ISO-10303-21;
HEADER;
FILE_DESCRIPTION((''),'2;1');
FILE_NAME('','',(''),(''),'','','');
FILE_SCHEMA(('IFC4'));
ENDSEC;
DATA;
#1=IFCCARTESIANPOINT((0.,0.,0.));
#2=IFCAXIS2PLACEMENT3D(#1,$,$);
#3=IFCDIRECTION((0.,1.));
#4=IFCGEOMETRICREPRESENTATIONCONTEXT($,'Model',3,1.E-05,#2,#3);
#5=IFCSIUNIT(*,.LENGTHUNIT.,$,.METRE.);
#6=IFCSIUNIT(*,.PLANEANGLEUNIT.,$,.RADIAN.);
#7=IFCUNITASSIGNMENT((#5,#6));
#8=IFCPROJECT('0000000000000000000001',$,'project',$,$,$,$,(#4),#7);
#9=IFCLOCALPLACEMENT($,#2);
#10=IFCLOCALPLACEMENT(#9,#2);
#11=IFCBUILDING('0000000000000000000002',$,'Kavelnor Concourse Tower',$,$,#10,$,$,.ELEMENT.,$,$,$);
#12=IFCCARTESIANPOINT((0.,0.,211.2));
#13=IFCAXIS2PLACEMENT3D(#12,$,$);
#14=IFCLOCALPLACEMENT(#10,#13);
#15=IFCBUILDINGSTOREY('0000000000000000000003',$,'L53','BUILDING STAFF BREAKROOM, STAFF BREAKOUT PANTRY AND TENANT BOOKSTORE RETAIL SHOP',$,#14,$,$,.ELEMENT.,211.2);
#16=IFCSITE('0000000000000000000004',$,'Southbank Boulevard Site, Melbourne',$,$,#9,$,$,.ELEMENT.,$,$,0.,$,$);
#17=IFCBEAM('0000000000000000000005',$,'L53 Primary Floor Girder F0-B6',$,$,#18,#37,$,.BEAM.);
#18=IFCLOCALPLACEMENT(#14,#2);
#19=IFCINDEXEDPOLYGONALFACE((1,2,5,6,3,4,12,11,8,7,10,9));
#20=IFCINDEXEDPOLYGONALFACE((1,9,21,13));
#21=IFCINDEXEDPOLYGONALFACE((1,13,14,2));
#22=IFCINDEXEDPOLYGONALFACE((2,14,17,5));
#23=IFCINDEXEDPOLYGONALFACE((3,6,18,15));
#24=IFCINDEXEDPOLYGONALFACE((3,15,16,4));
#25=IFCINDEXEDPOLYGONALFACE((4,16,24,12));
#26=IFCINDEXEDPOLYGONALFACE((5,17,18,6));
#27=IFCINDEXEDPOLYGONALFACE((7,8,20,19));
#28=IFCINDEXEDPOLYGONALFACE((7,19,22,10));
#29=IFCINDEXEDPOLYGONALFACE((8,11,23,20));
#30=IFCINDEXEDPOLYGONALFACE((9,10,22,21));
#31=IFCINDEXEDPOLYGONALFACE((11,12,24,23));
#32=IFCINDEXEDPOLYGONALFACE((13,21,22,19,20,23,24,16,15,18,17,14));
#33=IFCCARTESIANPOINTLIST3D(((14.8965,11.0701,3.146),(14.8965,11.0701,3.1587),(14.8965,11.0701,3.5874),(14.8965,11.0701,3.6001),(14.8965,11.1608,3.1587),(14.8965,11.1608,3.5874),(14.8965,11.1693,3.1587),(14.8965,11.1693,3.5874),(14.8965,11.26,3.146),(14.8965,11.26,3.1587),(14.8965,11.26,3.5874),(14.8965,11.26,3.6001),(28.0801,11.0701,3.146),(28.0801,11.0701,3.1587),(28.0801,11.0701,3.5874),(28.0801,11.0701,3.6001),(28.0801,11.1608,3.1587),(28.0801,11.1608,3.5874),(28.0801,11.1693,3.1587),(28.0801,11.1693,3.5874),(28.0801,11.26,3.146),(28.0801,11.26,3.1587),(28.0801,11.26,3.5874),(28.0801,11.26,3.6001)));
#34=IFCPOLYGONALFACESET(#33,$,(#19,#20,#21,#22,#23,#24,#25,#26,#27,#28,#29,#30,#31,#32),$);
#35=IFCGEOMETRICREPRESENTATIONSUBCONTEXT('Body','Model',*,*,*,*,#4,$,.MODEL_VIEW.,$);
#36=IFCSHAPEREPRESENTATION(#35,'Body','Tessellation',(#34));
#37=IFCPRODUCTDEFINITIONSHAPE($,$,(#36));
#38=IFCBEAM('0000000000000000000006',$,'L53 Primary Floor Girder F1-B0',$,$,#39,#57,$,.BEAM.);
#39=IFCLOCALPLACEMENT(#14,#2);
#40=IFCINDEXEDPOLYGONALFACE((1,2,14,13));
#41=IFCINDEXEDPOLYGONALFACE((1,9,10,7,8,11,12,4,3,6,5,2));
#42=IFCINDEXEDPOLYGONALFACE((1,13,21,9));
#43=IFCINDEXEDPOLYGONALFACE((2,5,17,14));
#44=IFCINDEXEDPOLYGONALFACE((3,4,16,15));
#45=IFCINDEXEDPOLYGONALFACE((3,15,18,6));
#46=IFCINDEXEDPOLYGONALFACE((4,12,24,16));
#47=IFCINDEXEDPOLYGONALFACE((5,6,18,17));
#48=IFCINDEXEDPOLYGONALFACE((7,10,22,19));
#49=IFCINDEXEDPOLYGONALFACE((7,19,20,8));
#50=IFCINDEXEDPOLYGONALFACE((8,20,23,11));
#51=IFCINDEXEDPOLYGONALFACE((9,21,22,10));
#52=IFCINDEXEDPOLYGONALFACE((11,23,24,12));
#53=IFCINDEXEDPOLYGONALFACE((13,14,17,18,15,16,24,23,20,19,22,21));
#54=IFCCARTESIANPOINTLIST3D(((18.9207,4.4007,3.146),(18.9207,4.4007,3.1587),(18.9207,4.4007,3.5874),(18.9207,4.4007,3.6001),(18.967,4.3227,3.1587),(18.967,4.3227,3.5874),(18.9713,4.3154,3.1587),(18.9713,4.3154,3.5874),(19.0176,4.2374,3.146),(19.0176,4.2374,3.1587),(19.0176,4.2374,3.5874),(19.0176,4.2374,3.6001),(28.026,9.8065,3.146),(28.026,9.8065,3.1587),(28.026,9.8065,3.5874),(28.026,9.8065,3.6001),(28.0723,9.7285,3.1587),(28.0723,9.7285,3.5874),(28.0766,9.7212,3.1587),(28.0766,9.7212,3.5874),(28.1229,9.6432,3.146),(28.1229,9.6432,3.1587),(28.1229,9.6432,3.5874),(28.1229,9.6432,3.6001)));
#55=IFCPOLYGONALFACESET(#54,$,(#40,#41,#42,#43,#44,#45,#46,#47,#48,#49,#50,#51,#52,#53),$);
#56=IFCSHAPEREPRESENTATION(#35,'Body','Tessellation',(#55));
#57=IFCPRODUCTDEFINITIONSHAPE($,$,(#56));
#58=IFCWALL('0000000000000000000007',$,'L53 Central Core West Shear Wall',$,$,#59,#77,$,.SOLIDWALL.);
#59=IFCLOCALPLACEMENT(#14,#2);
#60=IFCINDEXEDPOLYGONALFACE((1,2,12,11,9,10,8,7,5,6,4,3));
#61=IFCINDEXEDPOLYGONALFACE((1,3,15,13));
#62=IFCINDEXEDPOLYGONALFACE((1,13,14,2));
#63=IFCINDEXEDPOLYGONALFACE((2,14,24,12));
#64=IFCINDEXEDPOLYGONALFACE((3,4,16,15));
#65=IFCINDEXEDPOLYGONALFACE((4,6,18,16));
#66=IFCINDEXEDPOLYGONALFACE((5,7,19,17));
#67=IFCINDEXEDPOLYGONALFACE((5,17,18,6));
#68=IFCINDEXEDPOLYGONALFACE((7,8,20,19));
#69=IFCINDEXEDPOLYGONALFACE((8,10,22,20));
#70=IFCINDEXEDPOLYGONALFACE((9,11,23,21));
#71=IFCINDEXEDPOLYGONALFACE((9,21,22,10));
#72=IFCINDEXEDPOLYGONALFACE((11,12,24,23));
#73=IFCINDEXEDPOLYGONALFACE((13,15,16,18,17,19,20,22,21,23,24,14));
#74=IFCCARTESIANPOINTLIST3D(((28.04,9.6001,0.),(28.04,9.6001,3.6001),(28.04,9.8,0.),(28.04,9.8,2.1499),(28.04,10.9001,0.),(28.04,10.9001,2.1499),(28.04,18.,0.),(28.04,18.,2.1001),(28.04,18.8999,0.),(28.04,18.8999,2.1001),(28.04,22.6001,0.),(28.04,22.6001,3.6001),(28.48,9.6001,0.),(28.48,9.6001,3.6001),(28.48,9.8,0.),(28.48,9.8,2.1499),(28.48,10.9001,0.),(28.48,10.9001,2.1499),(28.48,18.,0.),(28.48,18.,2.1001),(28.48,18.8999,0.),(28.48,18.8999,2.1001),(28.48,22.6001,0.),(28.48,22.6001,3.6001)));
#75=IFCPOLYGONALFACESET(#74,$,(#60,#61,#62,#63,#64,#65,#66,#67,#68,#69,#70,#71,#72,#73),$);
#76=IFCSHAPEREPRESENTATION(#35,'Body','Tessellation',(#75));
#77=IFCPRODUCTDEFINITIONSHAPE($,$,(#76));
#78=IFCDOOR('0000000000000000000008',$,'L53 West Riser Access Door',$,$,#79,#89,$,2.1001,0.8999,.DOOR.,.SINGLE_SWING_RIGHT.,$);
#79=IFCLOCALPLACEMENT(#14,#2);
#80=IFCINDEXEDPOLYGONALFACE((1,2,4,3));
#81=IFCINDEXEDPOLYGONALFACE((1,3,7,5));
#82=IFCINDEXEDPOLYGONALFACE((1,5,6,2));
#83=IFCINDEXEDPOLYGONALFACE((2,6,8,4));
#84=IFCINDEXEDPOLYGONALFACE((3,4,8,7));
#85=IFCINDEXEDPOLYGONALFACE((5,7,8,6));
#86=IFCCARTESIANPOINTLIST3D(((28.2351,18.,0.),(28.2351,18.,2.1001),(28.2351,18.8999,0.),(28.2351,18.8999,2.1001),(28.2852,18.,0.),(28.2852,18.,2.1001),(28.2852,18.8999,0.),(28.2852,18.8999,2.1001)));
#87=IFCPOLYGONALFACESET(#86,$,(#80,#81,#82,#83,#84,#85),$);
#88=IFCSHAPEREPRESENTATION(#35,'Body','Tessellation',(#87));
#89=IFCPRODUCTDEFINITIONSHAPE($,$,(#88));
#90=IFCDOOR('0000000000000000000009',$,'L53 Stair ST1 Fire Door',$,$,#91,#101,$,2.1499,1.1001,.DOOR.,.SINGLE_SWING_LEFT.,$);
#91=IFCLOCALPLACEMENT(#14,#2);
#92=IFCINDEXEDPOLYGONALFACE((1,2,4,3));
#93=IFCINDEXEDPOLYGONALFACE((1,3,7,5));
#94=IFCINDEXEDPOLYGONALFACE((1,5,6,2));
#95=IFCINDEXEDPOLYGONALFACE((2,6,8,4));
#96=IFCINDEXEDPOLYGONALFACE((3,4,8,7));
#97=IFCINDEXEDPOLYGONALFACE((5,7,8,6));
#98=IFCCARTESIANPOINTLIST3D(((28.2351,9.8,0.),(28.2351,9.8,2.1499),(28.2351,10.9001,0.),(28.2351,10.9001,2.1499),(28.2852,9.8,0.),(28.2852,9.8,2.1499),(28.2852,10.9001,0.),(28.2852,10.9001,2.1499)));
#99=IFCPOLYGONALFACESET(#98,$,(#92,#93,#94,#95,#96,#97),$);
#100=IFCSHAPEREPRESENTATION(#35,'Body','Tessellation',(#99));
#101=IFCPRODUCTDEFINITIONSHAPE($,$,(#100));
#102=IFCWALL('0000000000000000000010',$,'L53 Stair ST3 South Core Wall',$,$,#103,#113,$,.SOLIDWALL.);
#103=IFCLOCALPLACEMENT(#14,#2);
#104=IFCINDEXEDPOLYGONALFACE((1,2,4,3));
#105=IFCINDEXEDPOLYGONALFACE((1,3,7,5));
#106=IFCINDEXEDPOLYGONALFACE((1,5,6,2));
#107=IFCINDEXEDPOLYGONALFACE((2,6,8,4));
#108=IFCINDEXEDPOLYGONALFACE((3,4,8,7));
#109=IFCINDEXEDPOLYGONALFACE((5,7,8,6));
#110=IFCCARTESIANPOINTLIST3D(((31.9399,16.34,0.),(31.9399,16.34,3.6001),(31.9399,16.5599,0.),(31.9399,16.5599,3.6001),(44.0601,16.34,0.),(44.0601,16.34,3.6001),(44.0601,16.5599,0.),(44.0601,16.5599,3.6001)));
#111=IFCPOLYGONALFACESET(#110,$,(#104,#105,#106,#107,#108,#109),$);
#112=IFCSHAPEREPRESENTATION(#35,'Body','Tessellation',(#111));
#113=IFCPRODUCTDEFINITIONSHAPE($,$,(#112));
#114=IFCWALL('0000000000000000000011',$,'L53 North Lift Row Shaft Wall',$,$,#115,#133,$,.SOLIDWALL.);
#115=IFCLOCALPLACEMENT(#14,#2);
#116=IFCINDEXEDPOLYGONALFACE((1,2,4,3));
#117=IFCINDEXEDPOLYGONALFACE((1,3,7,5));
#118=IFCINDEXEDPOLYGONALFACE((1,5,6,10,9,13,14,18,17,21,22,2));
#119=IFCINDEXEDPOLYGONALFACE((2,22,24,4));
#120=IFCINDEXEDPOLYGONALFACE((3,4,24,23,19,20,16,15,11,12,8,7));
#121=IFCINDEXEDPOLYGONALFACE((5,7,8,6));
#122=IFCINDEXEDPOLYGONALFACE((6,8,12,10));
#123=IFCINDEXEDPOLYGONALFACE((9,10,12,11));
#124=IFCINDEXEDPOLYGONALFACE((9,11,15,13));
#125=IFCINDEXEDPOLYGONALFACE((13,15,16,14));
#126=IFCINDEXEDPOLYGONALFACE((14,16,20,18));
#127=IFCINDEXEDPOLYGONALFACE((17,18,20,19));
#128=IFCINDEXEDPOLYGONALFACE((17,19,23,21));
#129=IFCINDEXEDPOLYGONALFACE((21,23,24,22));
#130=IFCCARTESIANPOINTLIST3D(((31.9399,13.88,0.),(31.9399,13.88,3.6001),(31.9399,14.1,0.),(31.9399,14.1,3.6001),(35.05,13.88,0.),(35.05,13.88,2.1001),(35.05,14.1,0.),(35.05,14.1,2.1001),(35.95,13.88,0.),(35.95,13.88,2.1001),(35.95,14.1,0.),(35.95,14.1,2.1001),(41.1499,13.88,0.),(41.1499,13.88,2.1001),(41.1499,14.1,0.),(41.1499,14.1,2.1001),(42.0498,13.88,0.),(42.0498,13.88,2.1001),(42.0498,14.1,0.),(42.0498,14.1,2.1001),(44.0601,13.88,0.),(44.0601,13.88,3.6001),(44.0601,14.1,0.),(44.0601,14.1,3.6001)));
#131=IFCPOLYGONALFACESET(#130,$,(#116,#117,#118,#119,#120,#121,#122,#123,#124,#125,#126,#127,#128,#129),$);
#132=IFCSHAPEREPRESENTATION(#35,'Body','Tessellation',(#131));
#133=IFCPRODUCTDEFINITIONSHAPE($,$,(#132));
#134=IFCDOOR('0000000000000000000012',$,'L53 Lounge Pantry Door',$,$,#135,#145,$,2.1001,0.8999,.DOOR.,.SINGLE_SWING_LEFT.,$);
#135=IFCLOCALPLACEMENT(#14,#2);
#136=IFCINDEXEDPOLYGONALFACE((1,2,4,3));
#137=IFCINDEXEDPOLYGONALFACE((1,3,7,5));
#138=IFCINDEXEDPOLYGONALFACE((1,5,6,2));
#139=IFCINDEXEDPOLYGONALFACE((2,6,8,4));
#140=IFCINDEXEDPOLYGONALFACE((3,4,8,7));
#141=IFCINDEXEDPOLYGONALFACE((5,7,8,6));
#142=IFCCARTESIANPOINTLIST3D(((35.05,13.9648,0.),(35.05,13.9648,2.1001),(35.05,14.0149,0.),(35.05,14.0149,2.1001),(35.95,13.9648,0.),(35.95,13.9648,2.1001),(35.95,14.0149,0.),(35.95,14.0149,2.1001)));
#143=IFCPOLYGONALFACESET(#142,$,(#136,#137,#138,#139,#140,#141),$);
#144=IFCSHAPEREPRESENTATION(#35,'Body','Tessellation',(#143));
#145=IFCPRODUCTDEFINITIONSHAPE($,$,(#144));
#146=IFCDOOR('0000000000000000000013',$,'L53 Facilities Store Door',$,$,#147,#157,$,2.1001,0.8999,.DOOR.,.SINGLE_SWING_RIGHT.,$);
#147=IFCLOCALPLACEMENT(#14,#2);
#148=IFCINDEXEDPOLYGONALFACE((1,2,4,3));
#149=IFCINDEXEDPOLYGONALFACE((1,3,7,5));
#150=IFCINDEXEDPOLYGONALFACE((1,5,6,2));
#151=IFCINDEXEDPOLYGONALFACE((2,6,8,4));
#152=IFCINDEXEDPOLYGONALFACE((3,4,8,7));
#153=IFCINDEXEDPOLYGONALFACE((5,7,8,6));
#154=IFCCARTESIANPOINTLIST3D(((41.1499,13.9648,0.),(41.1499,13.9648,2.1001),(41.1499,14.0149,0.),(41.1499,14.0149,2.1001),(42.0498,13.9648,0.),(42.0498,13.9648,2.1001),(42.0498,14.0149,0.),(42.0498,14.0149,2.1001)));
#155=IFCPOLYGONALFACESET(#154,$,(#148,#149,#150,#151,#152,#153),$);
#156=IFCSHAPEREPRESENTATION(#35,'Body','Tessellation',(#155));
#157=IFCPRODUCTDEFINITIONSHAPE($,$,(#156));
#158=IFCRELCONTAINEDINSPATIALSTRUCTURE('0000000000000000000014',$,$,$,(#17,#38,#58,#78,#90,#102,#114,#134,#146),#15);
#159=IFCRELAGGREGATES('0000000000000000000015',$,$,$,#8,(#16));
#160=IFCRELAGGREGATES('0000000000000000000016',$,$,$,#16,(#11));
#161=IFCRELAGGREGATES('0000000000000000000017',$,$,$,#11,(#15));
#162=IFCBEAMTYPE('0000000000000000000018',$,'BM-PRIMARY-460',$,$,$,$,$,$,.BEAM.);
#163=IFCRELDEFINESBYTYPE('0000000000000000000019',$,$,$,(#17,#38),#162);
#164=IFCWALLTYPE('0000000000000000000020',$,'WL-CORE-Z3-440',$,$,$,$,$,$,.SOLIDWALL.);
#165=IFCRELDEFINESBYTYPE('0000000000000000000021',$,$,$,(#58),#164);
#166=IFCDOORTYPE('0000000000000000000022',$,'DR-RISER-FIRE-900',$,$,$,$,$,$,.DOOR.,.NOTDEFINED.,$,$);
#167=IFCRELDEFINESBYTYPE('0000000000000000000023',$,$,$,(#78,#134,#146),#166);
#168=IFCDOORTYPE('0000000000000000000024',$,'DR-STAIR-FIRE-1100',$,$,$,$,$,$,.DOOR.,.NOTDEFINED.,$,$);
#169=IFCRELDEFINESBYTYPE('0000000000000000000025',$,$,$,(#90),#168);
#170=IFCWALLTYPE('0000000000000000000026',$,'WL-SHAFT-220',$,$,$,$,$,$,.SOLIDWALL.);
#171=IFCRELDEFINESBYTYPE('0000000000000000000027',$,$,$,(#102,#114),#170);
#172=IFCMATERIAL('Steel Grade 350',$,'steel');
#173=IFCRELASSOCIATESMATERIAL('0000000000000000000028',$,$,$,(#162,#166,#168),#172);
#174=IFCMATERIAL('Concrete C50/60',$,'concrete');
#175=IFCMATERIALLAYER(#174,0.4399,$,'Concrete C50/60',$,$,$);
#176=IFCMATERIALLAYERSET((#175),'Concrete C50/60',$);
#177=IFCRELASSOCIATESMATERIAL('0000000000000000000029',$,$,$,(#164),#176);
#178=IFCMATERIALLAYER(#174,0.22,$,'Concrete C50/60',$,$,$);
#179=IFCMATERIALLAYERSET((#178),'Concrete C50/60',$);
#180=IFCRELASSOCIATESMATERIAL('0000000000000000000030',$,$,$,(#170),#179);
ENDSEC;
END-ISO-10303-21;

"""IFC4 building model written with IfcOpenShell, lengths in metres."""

from ifc_helpers import new_model, si_unit, direction, frame, frame_2d, origin, origin_2d, place, context, subcontext, project, spatial, rectangle, i_section, extrude, material, layer, layer_set, material_profile, profile_set, type_object, element, fill, save


model = new_model("IFC4")

# Units and contexts
model_context = context("Model", 3, precision=1e-05, world=origin(), true_north=direction((0.0, 1.0)))
body_context = subcontext(model_context, "Body", "Model", "MODEL_VIEW")
ifc_project = project(units=[si_unit("LENGTHUNIT", "METRE"), si_unit("PLANEANGLEUNIT", "RADIAN")], contexts=[model_context])

# Site, building, storey
site_placement = place(None, origin())
site = spatial("IfcSite", under=ifc_project, at=site_placement, Name="Southbank Boulevard Site, Melbourne", CompositionType="ELEMENT", RefElevation=0.0)
building_placement = place(site_placement, origin())
building = spatial("IfcBuilding", under=site, at=building_placement, Name="Kavelnor Concourse Tower", CompositionType="ELEMENT")
storey_placement = place(building_placement, frame((0.0, 0.0, 211.2)))
storey = spatial("IfcBuildingStorey", under=building, at=storey_placement, Name="L53", Description="BUILDING STAFF BREAKROOM, STAFF BREAKOUT PANTRY AND TENANT BOOKSTORE RETAIL SHOP", CompositionType="ELEMENT", Elevation=211.2)

# Beams
ifc_material_1 = material(Name="Steel Grade 350", Category="steel")
ifc_material_profile = material_profile(ifc_material_1, i_section(OverallWidth=0.1899, OverallDepth=0.4541, WebThickness=0.0085, FlangeThickness=0.0127, at=origin_2d()), Name="460UB67")
ifc_profile_set = profile_set([ifc_material_profile], Name="Steel Grade 350")
beam_type = type_object("IfcBeamType", Name="BM-PRIMARY-460", PredefinedType="BEAM", material=ifc_profile_set)
beam_1_placement = place(storey_placement, frame((28.0801, 11.165, 3.373), z_axis=(-1.0, 0.0, 0.0), x_axis=(0.0, -1.0, 0.0)))
element("IfcBeam", 1, at=beam_1_placement, inside=storey, type_object=beam_type, Name="L53 Primary Floor Girder F0-B6", PredefinedType="BEAM", context=body_context, shape_type="SweptSolid", body=[
    extrude(i_section(OverallWidth=0.1899, OverallDepth=0.4541, WebThickness=0.0085, FlangeThickness=0.0127, at=origin_2d()), origin(), (0.0, 0.0, 1.0), 13.1836),
])
beam_2_placement = place(storey_placement, frame((28.0745, 9.7249, 3.373), z_axis=(-0.859874, -0.510506, 0.0), x_axis=(0.510506, -0.859874, 0.0)))
element("IfcBeam", 2, at=beam_2_placement, inside=storey, type_object=beam_type, Name="L53 Primary Floor Girder F1-B0", PredefinedType="BEAM", context=body_context, shape_type="SweptSolid", body=[
    extrude(i_section(OverallWidth=0.1899, OverallDepth=0.4541, WebThickness=0.0085, FlangeThickness=0.0127, at=origin_2d()), origin(), (0.0, 0.0, 1.0), 10.5891),
])

# Wall, openings, doors
ifc_material_2 = material(Name="Concrete C50/60", Category="concrete")
ifc_layer_1 = layer(ifc_material_2, 0.4399, Name="Concrete C50/60")
ifc_layer_set_1 = layer_set([ifc_layer_1], Name="Concrete C50/60")
wall_type_1 = type_object("IfcWallType", Name="WL-CORE-Z3-440", PredefinedType="SOLIDWALL", material=ifc_layer_set_1)
wall_1_placement = place(storey_placement, frame((28.26, 9.6001, 0.0), z_axis=(0.0, 0.0, 1.0), x_axis=(0.0, 1.0, 0.0)))
wall_1 = element("IfcWall", 3, at=wall_1_placement, inside=storey, type_object=wall_type_1, Name="L53 Central Core West Shear Wall", PredefinedType="SOLIDWALL", context=body_context, shape_type="SweptSolid", body=[
    extrude(rectangle(XDim=13.0, YDim=0.4399, at=frame_2d((6.5, 0.0))), origin(), (0.0, 0.0, 1.0), 3.6001),
])
opening_1_placement = place(wall_1_placement, frame((0.2, 0.0, 0.0)))
opening_1 = element("IfcOpeningElement", 4, at=opening_1_placement, cuts=wall_1, PredefinedType="OPENING", context=body_context, shape_type="SweptSolid", body=[
    extrude(rectangle(XDim=1.1001, YDim=2.1499, at=frame_2d((0.55, 1.075))), frame((0.0, 0.23, 0.0), z_axis=(0.0, -1.0, 0.0), x_axis=(1.0, 0.0, 0.0)), (0.0, 0.0, 1.0), 0.46),
])
opening_2_placement = place(wall_1_placement, frame((8.3999, 0.0, 0.0)))
opening_2 = element("IfcOpeningElement", 5, at=opening_2_placement, cuts=wall_1, PredefinedType="OPENING", context=body_context, shape_type="SweptSolid", body=[
    extrude(rectangle(XDim=0.8999, YDim=2.1001, at=frame_2d((0.45, 1.05))), frame((0.0, 0.23, 0.0), z_axis=(0.0, -1.0, 0.0), x_axis=(1.0, 0.0, 0.0)), (0.0, 0.0, 1.0), 0.46),
])
door_type_1 = type_object("IfcDoorType", Name="DR-RISER-FIRE-900", OperationType="NOTDEFINED", PredefinedType="DOOR", material=ifc_material_1)
door_1_placement = place(opening_2_placement, origin())
door_1 = element("IfcDoor", 6, at=door_1_placement, inside=storey, type_object=door_type_1, Name="L53 West Riser Access Door", OperationType="SINGLE_SWING_RIGHT", OverallHeight=2.1001, OverallWidth=0.8999, PredefinedType="DOOR", context=body_context, shape_type="SweptSolid", body=[
    extrude(rectangle(XDim=0.8999, YDim=2.1001, at=frame_2d((0.45, 1.05))), frame((0.0, 0.0249, 0.0), z_axis=(0.0, -1.0, 0.0), x_axis=(1.0, 0.0, 0.0)), (0.0, 0.0, 1.0), 0.05),
])
fill(opening_2, door_1)
door_type_2 = type_object("IfcDoorType", Name="DR-STAIR-FIRE-1100", OperationType="NOTDEFINED", PredefinedType="DOOR", material=ifc_material_1)
door_2_placement = place(opening_1_placement, origin())
door_2 = element("IfcDoor", 7, at=door_2_placement, inside=storey, type_object=door_type_2, Name="L53 Stair ST1 Fire Door", OperationType="SINGLE_SWING_LEFT", OverallHeight=2.1499, OverallWidth=1.1001, PredefinedType="DOOR", context=body_context, shape_type="SweptSolid", body=[
    extrude(rectangle(XDim=1.1001, YDim=2.1499, at=frame_2d((0.55, 1.075))), frame((0.0, 0.0249, 0.0), z_axis=(0.0, -1.0, 0.0), x_axis=(1.0, 0.0, 0.0)), (0.0, 0.0, 1.0), 0.05),
])
fill(opening_1, door_2)

# Wall
ifc_layer_2 = layer(ifc_material_2, 0.22, Name="Concrete C50/60")
ifc_layer_set_2 = layer_set([ifc_layer_2], Name="Concrete C50/60")
wall_type_2 = type_object("IfcWallType", Name="WL-SHAFT-220", PredefinedType="SOLIDWALL", material=ifc_layer_set_2)
wall_2_placement = place(storey_placement, frame((31.9399, 16.45, 0.0), z_axis=(0.0, 0.0, 1.0), x_axis=(1.0, 0.0, 0.0)))
element("IfcWall", 8, at=wall_2_placement, inside=storey, type_object=wall_type_2, Name="L53 Stair ST3 South Core Wall", PredefinedType="SOLIDWALL", context=body_context, shape_type="SweptSolid", body=[
    extrude(rectangle(XDim=12.1201, YDim=0.22, at=frame_2d((6.0601, 0.0))), origin(), (0.0, 0.0, 1.0), 3.6001),
])

# Wall, openings, doors
wall_3_placement = place(storey_placement, frame((31.9399, 13.99, 0.0), z_axis=(0.0, 0.0, 1.0), x_axis=(1.0, 0.0, 0.0)))
wall_3 = element("IfcWall", 9, at=wall_3_placement, inside=storey, type_object=wall_type_2, Name="L53 North Lift Row Shaft Wall", PredefinedType="SOLIDWALL", context=body_context, shape_type="SweptSolid", body=[
    extrude(rectangle(XDim=12.1201, YDim=0.22, at=frame_2d((6.0601, 0.0))), origin(), (0.0, 0.0, 1.0), 3.6001),
])
opening_3_placement = place(wall_3_placement, frame((3.1101, 0.0, 0.0)))
opening_3 = element("IfcOpeningElement", 10, at=opening_3_placement, cuts=wall_3, PredefinedType="OPENING", context=body_context, shape_type="SweptSolid", body=[
    extrude(rectangle(XDim=0.8999, YDim=2.1001, at=frame_2d((0.45, 1.05))), frame((0.0, 0.1201, 0.0), z_axis=(0.0, -1.0, 0.0), x_axis=(1.0, 0.0, 0.0)), (0.0, 0.0, 1.0), 0.24),
])
opening_4_placement = place(wall_3_placement, frame((9.21, 0.0, 0.0)))
opening_4 = element("IfcOpeningElement", 11, at=opening_4_placement, cuts=wall_3, PredefinedType="OPENING", context=body_context, shape_type="SweptSolid", body=[
    extrude(rectangle(XDim=0.8999, YDim=2.1001, at=frame_2d((0.45, 1.05))), frame((0.0, 0.1201, 0.0), z_axis=(0.0, -1.0, 0.0), x_axis=(1.0, 0.0, 0.0)), (0.0, 0.0, 1.0), 0.24),
])
door_3_placement = place(opening_3_placement, origin())
door_3 = element("IfcDoor", 12, at=door_3_placement, inside=storey, type_object=door_type_1, Name="L53 Lounge Pantry Door", OperationType="SINGLE_SWING_LEFT", OverallHeight=2.1001, OverallWidth=0.8999, PredefinedType="DOOR", context=body_context, shape_type="SweptSolid", body=[
    extrude(rectangle(XDim=0.8999, YDim=2.1001, at=frame_2d((0.45, 1.05))), frame((0.0, 0.0249, 0.0), z_axis=(0.0, -1.0, 0.0), x_axis=(1.0, 0.0, 0.0)), (0.0, 0.0, 1.0), 0.05),
])
fill(opening_3, door_3)
door_4_placement = place(opening_4_placement, origin())
door_4 = element("IfcDoor", 13, at=door_4_placement, inside=storey, type_object=door_type_1, Name="L53 Facilities Store Door", OperationType="SINGLE_SWING_RIGHT", OverallHeight=2.1001, OverallWidth=0.8999, PredefinedType="DOOR", context=body_context, shape_type="SweptSolid", body=[
    extrude(rectangle(XDim=0.8999, YDim=2.1001, at=frame_2d((0.45, 1.05))), frame((0.0, 0.0249, 0.0), z_axis=(0.0, -1.0, 0.0), x_axis=(1.0, 0.0, 0.0)), (0.0, 0.0, 1.0), 0.05),
])
fill(opening_4, door_4)

save(model, "model.ifc")
